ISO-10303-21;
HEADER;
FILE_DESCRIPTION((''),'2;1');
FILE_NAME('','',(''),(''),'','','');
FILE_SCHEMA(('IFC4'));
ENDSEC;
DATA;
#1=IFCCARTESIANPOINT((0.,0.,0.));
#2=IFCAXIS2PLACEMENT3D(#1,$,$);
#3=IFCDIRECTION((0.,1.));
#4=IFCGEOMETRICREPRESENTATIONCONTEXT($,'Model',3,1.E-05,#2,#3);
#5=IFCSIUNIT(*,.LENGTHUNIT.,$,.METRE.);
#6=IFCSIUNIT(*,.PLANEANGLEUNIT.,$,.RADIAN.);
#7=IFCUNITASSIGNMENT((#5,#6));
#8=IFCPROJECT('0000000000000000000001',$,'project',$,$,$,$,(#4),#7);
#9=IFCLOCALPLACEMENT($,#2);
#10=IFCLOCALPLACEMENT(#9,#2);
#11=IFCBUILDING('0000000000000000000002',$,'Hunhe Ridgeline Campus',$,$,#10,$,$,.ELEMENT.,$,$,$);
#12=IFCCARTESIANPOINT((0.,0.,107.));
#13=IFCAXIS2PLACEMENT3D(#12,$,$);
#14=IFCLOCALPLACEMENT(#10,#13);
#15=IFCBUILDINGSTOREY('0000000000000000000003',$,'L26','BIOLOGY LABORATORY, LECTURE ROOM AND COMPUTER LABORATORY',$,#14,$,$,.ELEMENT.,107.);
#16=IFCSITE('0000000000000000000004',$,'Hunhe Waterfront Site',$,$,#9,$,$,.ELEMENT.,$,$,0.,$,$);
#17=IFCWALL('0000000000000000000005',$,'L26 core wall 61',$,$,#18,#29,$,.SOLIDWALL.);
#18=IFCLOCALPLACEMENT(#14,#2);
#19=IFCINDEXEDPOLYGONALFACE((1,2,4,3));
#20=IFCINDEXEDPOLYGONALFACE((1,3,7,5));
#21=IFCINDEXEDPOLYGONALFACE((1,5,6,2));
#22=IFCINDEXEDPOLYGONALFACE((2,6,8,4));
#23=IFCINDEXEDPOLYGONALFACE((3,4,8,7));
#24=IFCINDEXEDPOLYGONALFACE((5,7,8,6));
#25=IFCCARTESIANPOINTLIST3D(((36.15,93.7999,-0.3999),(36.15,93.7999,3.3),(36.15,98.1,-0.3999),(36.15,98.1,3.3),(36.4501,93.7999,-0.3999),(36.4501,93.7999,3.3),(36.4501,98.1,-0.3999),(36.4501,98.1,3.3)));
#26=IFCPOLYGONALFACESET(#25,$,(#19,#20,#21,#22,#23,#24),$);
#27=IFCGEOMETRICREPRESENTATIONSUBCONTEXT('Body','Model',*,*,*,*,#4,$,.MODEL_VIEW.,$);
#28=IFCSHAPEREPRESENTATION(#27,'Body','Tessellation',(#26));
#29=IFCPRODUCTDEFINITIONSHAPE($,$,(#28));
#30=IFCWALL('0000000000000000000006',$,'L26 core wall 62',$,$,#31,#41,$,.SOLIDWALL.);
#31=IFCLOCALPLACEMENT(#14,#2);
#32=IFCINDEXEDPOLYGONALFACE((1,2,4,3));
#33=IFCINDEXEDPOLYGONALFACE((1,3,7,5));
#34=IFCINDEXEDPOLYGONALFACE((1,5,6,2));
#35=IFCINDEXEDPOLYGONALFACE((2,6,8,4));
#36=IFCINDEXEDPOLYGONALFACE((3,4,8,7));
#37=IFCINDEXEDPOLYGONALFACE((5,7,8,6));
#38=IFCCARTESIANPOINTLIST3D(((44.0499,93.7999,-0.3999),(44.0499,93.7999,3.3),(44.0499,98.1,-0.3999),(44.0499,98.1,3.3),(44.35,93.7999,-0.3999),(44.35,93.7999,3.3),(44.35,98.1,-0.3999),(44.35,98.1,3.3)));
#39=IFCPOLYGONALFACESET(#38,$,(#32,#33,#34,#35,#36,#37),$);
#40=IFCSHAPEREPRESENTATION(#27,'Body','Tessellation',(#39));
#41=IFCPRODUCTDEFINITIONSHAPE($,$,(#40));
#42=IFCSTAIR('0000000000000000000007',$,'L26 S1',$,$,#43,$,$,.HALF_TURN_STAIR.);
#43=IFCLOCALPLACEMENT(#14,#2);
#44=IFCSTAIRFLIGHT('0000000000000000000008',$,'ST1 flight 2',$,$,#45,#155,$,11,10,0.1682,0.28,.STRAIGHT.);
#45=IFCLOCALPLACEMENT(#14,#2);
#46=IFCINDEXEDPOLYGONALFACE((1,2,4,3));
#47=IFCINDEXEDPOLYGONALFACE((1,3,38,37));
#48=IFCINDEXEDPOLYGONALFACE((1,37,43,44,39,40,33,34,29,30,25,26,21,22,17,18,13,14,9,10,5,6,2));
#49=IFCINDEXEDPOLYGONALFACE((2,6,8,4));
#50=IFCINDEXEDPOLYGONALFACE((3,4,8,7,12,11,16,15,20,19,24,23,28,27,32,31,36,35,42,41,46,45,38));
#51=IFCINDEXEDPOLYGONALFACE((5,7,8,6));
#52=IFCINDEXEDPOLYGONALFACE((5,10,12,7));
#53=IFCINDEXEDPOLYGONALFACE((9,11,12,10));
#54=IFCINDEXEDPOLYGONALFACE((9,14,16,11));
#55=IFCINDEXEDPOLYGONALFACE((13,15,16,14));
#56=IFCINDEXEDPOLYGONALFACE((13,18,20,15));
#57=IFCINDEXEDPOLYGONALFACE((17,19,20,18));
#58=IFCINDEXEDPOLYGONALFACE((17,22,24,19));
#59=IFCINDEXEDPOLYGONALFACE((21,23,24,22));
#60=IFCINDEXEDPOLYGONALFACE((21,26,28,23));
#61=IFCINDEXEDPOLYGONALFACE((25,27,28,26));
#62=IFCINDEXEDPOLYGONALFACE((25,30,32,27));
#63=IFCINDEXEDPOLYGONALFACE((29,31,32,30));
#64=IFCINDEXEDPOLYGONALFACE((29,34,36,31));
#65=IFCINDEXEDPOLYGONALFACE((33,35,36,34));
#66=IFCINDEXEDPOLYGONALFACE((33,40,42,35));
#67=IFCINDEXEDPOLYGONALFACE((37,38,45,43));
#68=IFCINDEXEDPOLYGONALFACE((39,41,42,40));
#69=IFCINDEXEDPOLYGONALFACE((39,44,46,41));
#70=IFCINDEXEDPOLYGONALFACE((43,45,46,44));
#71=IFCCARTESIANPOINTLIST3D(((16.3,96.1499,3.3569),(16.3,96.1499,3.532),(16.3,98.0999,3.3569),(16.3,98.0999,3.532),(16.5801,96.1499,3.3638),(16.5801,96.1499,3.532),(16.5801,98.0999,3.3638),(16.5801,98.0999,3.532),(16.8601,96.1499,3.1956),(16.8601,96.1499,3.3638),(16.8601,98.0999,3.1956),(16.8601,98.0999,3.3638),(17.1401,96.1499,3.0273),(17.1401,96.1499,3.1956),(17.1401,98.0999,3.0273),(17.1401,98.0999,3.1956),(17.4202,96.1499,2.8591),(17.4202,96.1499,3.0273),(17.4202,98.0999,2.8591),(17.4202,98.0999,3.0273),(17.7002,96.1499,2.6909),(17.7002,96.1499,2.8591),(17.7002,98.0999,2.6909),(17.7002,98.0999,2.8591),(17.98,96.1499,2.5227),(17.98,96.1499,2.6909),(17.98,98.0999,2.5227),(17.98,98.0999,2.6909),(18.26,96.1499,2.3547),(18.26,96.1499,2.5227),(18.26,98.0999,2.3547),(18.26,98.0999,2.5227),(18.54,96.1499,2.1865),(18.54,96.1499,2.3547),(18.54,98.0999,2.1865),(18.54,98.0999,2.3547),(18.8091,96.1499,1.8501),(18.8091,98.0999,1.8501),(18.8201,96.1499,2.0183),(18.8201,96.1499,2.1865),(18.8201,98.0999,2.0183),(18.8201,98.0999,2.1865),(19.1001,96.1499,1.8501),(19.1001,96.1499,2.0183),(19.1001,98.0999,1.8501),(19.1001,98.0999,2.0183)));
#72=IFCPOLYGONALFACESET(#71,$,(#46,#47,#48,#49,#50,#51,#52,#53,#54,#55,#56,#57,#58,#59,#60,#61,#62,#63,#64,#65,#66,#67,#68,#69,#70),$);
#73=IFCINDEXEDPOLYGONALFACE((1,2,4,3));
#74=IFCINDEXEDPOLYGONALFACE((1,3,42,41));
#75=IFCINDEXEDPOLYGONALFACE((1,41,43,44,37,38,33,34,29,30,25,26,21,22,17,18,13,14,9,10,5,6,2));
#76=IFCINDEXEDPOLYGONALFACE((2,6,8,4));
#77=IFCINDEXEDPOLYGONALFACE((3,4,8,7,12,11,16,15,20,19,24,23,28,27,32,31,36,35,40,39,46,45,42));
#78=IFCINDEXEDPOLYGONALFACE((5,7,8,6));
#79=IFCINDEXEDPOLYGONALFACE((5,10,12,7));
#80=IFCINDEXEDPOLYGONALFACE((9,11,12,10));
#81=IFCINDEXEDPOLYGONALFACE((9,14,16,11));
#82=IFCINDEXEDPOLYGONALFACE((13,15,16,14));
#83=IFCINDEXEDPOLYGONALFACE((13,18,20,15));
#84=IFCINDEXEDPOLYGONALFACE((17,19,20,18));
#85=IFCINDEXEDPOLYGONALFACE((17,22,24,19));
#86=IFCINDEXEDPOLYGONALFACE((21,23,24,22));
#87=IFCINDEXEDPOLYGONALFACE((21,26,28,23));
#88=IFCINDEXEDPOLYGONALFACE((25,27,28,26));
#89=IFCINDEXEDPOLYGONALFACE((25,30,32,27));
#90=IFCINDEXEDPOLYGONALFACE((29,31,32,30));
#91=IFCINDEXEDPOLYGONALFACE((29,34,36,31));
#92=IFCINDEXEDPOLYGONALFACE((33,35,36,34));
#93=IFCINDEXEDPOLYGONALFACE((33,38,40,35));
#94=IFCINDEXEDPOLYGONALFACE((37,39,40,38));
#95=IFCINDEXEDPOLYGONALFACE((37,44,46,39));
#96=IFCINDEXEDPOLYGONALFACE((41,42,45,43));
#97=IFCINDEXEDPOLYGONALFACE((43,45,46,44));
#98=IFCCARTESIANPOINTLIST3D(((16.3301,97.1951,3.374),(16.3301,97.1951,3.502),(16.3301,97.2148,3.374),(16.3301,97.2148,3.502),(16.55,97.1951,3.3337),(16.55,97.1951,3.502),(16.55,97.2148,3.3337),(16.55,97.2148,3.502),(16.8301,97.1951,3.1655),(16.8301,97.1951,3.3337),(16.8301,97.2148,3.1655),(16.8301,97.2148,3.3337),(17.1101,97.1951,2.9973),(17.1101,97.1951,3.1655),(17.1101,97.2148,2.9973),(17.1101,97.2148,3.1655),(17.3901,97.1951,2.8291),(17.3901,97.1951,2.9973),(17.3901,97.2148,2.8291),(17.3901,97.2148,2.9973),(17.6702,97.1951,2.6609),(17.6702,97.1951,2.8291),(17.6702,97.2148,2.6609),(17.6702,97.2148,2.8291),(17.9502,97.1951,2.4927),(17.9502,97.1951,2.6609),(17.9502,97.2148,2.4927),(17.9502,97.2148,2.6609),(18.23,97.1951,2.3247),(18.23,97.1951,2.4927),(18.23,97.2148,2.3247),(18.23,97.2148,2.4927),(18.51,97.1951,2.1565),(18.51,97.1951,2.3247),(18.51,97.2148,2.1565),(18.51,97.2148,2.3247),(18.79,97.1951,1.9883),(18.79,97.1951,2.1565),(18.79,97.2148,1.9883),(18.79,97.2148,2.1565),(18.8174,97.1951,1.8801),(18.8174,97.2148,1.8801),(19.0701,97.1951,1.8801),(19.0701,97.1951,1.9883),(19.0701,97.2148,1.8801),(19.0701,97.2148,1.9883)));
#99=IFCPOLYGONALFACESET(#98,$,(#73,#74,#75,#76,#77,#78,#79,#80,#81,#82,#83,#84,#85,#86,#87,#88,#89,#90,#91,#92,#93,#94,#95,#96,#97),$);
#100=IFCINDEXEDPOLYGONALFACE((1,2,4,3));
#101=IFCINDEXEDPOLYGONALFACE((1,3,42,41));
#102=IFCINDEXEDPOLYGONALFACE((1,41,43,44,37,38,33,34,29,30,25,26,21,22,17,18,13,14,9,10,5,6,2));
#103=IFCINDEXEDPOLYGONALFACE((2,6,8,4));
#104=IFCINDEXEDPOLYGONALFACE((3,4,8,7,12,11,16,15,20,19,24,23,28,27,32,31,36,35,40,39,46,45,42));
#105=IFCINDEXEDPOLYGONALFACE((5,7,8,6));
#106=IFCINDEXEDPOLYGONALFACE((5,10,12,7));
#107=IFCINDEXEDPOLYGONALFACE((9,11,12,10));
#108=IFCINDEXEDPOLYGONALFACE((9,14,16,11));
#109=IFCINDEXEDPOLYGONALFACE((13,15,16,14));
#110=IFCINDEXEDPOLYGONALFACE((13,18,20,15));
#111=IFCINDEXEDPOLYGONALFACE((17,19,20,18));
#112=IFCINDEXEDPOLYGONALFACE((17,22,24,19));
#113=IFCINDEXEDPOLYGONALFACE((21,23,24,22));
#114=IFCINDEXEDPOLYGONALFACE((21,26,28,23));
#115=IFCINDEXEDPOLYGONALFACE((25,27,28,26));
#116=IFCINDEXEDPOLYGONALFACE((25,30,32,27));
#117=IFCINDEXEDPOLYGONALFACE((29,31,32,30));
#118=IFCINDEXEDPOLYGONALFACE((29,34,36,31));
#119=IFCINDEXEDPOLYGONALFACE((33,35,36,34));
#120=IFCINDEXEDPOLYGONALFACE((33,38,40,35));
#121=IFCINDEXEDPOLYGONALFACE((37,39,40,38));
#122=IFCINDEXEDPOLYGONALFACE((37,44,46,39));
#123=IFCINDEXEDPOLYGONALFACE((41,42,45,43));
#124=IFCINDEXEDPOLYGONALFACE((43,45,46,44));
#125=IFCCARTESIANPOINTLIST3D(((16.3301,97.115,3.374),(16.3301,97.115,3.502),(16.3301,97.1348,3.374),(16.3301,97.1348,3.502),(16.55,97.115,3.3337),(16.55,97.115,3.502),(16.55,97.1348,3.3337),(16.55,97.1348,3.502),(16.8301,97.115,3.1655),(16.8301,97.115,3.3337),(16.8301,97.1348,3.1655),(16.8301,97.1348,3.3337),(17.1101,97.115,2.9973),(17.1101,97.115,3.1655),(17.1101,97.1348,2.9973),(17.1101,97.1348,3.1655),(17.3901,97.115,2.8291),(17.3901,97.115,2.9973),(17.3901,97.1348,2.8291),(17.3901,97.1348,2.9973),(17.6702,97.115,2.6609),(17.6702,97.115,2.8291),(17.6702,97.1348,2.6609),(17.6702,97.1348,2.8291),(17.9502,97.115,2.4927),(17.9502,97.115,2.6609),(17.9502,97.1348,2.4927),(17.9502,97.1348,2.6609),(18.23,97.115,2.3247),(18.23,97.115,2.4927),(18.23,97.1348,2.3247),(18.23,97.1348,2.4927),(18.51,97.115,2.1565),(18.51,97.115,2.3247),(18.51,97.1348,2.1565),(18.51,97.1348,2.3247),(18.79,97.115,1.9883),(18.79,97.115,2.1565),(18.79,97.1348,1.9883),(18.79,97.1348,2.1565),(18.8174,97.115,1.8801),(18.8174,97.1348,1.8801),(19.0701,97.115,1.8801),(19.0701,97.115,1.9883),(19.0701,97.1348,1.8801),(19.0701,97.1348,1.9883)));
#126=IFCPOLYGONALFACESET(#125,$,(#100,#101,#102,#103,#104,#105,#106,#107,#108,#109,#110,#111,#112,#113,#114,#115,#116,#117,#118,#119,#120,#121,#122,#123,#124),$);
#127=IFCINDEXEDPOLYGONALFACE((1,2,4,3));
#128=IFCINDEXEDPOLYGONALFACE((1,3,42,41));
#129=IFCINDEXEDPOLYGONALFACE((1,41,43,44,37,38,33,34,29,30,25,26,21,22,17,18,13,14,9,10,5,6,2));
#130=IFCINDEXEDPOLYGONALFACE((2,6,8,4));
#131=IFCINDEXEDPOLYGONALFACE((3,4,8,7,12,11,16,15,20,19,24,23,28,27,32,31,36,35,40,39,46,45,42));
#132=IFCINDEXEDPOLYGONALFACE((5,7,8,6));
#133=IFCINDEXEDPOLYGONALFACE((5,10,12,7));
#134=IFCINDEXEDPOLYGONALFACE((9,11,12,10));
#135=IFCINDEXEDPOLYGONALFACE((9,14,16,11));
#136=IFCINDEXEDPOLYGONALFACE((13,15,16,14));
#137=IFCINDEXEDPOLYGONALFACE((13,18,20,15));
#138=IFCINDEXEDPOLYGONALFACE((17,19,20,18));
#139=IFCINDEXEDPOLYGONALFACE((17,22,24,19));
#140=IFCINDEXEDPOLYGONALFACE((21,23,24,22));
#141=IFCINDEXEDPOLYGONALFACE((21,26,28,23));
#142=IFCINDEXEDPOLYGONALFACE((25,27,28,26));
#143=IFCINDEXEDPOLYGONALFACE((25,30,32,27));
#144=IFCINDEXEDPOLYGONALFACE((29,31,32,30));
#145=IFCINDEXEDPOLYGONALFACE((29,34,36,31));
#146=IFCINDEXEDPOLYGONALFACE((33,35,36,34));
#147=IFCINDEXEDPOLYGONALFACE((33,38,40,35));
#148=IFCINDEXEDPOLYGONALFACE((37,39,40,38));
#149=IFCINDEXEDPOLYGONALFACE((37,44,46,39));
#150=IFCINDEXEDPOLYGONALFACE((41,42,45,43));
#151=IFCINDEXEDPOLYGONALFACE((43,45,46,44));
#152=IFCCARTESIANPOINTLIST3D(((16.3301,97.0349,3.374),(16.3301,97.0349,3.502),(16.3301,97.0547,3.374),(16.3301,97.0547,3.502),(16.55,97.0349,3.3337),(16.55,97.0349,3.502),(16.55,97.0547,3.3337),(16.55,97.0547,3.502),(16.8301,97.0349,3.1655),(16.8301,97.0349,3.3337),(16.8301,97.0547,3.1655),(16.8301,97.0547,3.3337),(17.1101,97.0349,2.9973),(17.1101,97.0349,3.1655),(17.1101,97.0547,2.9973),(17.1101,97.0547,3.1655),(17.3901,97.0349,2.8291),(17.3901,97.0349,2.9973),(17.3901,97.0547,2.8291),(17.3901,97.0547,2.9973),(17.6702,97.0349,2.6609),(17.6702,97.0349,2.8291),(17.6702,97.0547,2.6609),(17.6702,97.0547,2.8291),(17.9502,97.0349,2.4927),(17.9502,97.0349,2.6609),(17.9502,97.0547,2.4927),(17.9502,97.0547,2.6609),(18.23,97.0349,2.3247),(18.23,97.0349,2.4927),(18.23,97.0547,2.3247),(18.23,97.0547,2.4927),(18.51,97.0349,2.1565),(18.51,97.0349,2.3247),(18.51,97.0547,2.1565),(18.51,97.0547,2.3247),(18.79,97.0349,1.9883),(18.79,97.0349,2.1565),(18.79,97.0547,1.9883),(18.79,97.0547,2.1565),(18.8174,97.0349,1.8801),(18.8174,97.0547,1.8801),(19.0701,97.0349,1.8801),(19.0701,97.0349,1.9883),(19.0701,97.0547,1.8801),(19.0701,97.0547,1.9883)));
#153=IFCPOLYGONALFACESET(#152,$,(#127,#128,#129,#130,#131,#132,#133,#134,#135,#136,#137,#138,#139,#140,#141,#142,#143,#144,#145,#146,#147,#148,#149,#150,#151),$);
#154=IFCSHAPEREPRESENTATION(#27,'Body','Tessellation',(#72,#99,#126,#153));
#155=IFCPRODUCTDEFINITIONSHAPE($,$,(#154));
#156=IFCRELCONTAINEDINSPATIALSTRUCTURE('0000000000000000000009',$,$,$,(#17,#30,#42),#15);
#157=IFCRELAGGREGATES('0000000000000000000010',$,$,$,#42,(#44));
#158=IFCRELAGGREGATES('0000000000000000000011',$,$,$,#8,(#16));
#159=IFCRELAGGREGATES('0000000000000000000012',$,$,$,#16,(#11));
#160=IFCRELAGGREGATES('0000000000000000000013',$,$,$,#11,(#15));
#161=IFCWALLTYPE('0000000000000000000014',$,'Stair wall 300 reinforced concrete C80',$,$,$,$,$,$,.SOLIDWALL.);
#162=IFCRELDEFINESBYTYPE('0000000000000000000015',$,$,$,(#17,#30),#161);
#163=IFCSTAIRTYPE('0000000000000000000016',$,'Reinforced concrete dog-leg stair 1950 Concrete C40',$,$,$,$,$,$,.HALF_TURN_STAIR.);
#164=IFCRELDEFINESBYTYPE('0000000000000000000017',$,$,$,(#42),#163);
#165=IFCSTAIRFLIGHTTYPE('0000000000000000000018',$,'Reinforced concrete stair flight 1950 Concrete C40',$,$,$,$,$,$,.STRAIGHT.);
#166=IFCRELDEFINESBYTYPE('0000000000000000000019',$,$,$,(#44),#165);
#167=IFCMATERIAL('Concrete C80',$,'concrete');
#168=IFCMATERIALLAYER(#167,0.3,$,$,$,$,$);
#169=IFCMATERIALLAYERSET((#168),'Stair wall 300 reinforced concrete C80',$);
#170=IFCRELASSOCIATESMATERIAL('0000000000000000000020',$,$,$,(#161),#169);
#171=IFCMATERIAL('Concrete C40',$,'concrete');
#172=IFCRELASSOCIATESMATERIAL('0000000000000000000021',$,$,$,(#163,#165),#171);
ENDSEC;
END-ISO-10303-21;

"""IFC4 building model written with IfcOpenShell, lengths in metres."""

from ifc_helpers import new_model, si_unit, direction, frame, frame_2d, origin, place, context, subcontext, project, spatial, polyline, rectangle, outline, extrude, material, layer, layer_set, type_object, element, aggregate, save


model = new_model("IFC4")

# Units and contexts
model_context = context("Model", 3, precision=1e-05, world=origin(), true_north=direction((0.0, 1.0)))
body_context = subcontext(model_context, "Body", "Model", "MODEL_VIEW")
ifc_project = project(units=[si_unit("LENGTHUNIT", "METRE"), si_unit("PLANEANGLEUNIT", "RADIAN")], contexts=[model_context])

# Site, building, storey
site_placement = place(None, origin())
site = spatial("IfcSite", under=ifc_project, at=site_placement, Name="Hunhe Waterfront Site", CompositionType="ELEMENT", RefElevation=0.0)
building_placement = place(site_placement, origin())
building = spatial("IfcBuilding", under=site, at=building_placement, Name="Hunhe Ridgeline Campus", CompositionType="ELEMENT")
storey_placement = place(building_placement, frame((0.0, 0.0, 107.0)))
storey = spatial("IfcBuildingStorey", under=building, at=storey_placement, Name="L26", Description="BIOLOGY LABORATORY, LECTURE ROOM AND COMPUTER LABORATORY", CompositionType="ELEMENT", Elevation=107.0)

# Shared definitions
ifc_material_1 = material(Name="Concrete C80", Category="concrete")

# Shared definitions
ifc_layer_1 = layer(ifc_material_1, 0.3)
ifc_layer_set_1 = layer_set([ifc_layer_1], Name="Stair wall 300 reinforced concrete C80")
wall_type_1 = type_object("IfcWallType", Name="Stair wall 300 reinforced concrete C80", PredefinedType="SOLIDWALL", material=ifc_layer_set_1)

# Walls
for number, where, z_axis, x_axis, name in (
    (1, (36.3, 93.8, -0.3999), (0.0, 0.0, 1.0), (0.0, 1.0, 0.0), "L26 core wall 61"),
    (2, (44.2, 93.8, -0.3999), (0.0, 0.0, 1.0), (0.0, 1.0, 0.0), "L26 core wall 62"),
):
    element("IfcWall", number, at=place(storey_placement, frame(where, z_axis=z_axis, x_axis=x_axis)), inside=storey, type_object=wall_type_1, Name=name, PredefinedType="SOLIDWALL", context=body_context, shape_type="SweptSolid", body=[
        extrude(rectangle(XDim=4.3, YDim=0.3, at=frame_2d((2.1499, 0.0))), origin(), (0.0, 0.0, 1.0), 3.7),
    ])

# Stair, stair flight
ifc_material_2 = material(Name="Concrete C40", Category="concrete")
stair_type = type_object("IfcStairType", Name="Reinforced concrete dog-leg stair 1950 Concrete C40", PredefinedType="HALF_TURN_STAIR", material=ifc_material_2)
stair_1_placement = place(storey_placement, origin())
stair_1 = element("IfcStair", 3, at=stair_1_placement, inside=storey, type_object=stair_type, Name="L26 S1", PredefinedType="HALF_TURN_STAIR")
stair_flight_type = type_object("IfcStairFlightType", Name="Reinforced concrete stair flight 1950 Concrete C40", PredefinedType="STRAIGHT", material=ifc_material_2)
stair_flight_1_placement = place(storey_placement, frame((19.1001, 97.125, 1.8501), z_axis=(0.0, 0.0, 1.0), x_axis=(-1.0, 0.0, 0.0)))
stair_flight_1 = element("IfcStairFlight", 4, at=stair_flight_1_placement, type_object=stair_flight_type, Name="ST1 flight 2", NumberOfRisers=11, NumberOfTreads=10, PredefinedType="STRAIGHT", RiserHeight=0.1682, TreadLength=0.28, context=body_context, shape_type="SweptSolid", body=[
    extrude(outline(polyline([(0.0, 0.0), (0.0, 0.1682), (0.28, 0.1682), (0.28, 0.3364), (0.5601, 0.3364), (0.5601, 0.5046), (0.8401, 0.5046), (0.8401, 0.6726), (1.1201, 0.6726), (1.1201, 0.8408), (1.3999, 0.8408), (1.3999, 1.009), (1.6799, 1.009), (1.6799, 1.1772), (1.96, 1.1772), (1.96, 1.3455), (2.24, 1.3455), (2.24, 1.5137), (2.52, 1.5137), (2.52, 1.6819), (2.8, 1.6819), (2.8, 1.8501), (2.8, 1.5068), (0.291, 0.0), (0.0, 0.0)])), frame((0.0, 0.9751, 0.0), z_axis=(0.0, -1.0, 0.0), x_axis=(1.0, 0.0, 0.0)), (0.0, 0.0, 1.0), 1.95),
    extrude(outline(polyline([(0.03, 0.03), (0.03, 0.1382), (0.3101, 0.1382), (0.3101, 0.3064), (0.5901, 0.3064), (0.5901, 0.4746), (0.8701, 0.4746), (0.8701, 0.6426), (1.1499, 0.6426), (1.1499, 0.8108), (1.4299, 0.8108), (1.4299, 0.979), (1.71, 0.979), (1.71, 1.1472), (1.99, 1.1472), (1.99, 1.3154), (2.27, 1.3154), (2.27, 1.4836), (2.55, 1.4836), (2.55, 1.6519), (2.77, 1.6519), (2.77, 1.5239), (0.2827, 0.03), (0.03, 0.03)])), frame((0.0, -0.0701, 0.0), z_axis=(0.0, -1.0, 0.0), x_axis=(1.0, 0.0, 0.0)), (0.0, 0.0, 1.0), 0.0198),
    extrude(outline(polyline([(0.03, 0.03), (0.03, 0.1382), (0.3101, 0.1382), (0.3101, 0.3064), (0.5901, 0.3064), (0.5901, 0.4746), (0.8701, 0.4746), (0.8701, 0.6426), (1.1499, 0.6426), (1.1499, 0.8108), (1.4299, 0.8108), (1.4299, 0.979), (1.71, 0.979), (1.71, 1.1472), (1.99, 1.1472), (1.99, 1.3154), (2.27, 1.3154), (2.27, 1.4836), (2.55, 1.4836), (2.55, 1.6519), (2.77, 1.6519), (2.77, 1.5239), (0.2827, 0.03), (0.03, 0.03)])), frame((0.0, 0.01, 0.0), z_axis=(0.0, -1.0, 0.0), x_axis=(1.0, 0.0, 0.0)), (0.0, 0.0, 1.0), 0.0198),
    extrude(outline(polyline([(0.03, 0.03), (0.03, 0.1382), (0.3101, 0.1382), (0.3101, 0.3064), (0.5901, 0.3064), (0.5901, 0.4746), (0.8701, 0.4746), (0.8701, 0.6426), (1.1499, 0.6426), (1.1499, 0.8108), (1.4299, 0.8108), (1.4299, 0.979), (1.71, 0.979), (1.71, 1.1472), (1.99, 1.1472), (1.99, 1.3154), (2.27, 1.3154), (2.27, 1.4836), (2.55, 1.4836), (2.55, 1.6519), (2.77, 1.6519), (2.77, 1.5239), (0.2827, 0.03), (0.03, 0.03)])), frame((0.0, 0.0901, 0.0), z_axis=(0.0, -1.0, 0.0), x_axis=(1.0, 0.0, 0.0)), (0.0, 0.0, 1.0), 0.0198),
])
aggregate(stair_1, [stair_flight_1])

save(model, "model.ifc")
